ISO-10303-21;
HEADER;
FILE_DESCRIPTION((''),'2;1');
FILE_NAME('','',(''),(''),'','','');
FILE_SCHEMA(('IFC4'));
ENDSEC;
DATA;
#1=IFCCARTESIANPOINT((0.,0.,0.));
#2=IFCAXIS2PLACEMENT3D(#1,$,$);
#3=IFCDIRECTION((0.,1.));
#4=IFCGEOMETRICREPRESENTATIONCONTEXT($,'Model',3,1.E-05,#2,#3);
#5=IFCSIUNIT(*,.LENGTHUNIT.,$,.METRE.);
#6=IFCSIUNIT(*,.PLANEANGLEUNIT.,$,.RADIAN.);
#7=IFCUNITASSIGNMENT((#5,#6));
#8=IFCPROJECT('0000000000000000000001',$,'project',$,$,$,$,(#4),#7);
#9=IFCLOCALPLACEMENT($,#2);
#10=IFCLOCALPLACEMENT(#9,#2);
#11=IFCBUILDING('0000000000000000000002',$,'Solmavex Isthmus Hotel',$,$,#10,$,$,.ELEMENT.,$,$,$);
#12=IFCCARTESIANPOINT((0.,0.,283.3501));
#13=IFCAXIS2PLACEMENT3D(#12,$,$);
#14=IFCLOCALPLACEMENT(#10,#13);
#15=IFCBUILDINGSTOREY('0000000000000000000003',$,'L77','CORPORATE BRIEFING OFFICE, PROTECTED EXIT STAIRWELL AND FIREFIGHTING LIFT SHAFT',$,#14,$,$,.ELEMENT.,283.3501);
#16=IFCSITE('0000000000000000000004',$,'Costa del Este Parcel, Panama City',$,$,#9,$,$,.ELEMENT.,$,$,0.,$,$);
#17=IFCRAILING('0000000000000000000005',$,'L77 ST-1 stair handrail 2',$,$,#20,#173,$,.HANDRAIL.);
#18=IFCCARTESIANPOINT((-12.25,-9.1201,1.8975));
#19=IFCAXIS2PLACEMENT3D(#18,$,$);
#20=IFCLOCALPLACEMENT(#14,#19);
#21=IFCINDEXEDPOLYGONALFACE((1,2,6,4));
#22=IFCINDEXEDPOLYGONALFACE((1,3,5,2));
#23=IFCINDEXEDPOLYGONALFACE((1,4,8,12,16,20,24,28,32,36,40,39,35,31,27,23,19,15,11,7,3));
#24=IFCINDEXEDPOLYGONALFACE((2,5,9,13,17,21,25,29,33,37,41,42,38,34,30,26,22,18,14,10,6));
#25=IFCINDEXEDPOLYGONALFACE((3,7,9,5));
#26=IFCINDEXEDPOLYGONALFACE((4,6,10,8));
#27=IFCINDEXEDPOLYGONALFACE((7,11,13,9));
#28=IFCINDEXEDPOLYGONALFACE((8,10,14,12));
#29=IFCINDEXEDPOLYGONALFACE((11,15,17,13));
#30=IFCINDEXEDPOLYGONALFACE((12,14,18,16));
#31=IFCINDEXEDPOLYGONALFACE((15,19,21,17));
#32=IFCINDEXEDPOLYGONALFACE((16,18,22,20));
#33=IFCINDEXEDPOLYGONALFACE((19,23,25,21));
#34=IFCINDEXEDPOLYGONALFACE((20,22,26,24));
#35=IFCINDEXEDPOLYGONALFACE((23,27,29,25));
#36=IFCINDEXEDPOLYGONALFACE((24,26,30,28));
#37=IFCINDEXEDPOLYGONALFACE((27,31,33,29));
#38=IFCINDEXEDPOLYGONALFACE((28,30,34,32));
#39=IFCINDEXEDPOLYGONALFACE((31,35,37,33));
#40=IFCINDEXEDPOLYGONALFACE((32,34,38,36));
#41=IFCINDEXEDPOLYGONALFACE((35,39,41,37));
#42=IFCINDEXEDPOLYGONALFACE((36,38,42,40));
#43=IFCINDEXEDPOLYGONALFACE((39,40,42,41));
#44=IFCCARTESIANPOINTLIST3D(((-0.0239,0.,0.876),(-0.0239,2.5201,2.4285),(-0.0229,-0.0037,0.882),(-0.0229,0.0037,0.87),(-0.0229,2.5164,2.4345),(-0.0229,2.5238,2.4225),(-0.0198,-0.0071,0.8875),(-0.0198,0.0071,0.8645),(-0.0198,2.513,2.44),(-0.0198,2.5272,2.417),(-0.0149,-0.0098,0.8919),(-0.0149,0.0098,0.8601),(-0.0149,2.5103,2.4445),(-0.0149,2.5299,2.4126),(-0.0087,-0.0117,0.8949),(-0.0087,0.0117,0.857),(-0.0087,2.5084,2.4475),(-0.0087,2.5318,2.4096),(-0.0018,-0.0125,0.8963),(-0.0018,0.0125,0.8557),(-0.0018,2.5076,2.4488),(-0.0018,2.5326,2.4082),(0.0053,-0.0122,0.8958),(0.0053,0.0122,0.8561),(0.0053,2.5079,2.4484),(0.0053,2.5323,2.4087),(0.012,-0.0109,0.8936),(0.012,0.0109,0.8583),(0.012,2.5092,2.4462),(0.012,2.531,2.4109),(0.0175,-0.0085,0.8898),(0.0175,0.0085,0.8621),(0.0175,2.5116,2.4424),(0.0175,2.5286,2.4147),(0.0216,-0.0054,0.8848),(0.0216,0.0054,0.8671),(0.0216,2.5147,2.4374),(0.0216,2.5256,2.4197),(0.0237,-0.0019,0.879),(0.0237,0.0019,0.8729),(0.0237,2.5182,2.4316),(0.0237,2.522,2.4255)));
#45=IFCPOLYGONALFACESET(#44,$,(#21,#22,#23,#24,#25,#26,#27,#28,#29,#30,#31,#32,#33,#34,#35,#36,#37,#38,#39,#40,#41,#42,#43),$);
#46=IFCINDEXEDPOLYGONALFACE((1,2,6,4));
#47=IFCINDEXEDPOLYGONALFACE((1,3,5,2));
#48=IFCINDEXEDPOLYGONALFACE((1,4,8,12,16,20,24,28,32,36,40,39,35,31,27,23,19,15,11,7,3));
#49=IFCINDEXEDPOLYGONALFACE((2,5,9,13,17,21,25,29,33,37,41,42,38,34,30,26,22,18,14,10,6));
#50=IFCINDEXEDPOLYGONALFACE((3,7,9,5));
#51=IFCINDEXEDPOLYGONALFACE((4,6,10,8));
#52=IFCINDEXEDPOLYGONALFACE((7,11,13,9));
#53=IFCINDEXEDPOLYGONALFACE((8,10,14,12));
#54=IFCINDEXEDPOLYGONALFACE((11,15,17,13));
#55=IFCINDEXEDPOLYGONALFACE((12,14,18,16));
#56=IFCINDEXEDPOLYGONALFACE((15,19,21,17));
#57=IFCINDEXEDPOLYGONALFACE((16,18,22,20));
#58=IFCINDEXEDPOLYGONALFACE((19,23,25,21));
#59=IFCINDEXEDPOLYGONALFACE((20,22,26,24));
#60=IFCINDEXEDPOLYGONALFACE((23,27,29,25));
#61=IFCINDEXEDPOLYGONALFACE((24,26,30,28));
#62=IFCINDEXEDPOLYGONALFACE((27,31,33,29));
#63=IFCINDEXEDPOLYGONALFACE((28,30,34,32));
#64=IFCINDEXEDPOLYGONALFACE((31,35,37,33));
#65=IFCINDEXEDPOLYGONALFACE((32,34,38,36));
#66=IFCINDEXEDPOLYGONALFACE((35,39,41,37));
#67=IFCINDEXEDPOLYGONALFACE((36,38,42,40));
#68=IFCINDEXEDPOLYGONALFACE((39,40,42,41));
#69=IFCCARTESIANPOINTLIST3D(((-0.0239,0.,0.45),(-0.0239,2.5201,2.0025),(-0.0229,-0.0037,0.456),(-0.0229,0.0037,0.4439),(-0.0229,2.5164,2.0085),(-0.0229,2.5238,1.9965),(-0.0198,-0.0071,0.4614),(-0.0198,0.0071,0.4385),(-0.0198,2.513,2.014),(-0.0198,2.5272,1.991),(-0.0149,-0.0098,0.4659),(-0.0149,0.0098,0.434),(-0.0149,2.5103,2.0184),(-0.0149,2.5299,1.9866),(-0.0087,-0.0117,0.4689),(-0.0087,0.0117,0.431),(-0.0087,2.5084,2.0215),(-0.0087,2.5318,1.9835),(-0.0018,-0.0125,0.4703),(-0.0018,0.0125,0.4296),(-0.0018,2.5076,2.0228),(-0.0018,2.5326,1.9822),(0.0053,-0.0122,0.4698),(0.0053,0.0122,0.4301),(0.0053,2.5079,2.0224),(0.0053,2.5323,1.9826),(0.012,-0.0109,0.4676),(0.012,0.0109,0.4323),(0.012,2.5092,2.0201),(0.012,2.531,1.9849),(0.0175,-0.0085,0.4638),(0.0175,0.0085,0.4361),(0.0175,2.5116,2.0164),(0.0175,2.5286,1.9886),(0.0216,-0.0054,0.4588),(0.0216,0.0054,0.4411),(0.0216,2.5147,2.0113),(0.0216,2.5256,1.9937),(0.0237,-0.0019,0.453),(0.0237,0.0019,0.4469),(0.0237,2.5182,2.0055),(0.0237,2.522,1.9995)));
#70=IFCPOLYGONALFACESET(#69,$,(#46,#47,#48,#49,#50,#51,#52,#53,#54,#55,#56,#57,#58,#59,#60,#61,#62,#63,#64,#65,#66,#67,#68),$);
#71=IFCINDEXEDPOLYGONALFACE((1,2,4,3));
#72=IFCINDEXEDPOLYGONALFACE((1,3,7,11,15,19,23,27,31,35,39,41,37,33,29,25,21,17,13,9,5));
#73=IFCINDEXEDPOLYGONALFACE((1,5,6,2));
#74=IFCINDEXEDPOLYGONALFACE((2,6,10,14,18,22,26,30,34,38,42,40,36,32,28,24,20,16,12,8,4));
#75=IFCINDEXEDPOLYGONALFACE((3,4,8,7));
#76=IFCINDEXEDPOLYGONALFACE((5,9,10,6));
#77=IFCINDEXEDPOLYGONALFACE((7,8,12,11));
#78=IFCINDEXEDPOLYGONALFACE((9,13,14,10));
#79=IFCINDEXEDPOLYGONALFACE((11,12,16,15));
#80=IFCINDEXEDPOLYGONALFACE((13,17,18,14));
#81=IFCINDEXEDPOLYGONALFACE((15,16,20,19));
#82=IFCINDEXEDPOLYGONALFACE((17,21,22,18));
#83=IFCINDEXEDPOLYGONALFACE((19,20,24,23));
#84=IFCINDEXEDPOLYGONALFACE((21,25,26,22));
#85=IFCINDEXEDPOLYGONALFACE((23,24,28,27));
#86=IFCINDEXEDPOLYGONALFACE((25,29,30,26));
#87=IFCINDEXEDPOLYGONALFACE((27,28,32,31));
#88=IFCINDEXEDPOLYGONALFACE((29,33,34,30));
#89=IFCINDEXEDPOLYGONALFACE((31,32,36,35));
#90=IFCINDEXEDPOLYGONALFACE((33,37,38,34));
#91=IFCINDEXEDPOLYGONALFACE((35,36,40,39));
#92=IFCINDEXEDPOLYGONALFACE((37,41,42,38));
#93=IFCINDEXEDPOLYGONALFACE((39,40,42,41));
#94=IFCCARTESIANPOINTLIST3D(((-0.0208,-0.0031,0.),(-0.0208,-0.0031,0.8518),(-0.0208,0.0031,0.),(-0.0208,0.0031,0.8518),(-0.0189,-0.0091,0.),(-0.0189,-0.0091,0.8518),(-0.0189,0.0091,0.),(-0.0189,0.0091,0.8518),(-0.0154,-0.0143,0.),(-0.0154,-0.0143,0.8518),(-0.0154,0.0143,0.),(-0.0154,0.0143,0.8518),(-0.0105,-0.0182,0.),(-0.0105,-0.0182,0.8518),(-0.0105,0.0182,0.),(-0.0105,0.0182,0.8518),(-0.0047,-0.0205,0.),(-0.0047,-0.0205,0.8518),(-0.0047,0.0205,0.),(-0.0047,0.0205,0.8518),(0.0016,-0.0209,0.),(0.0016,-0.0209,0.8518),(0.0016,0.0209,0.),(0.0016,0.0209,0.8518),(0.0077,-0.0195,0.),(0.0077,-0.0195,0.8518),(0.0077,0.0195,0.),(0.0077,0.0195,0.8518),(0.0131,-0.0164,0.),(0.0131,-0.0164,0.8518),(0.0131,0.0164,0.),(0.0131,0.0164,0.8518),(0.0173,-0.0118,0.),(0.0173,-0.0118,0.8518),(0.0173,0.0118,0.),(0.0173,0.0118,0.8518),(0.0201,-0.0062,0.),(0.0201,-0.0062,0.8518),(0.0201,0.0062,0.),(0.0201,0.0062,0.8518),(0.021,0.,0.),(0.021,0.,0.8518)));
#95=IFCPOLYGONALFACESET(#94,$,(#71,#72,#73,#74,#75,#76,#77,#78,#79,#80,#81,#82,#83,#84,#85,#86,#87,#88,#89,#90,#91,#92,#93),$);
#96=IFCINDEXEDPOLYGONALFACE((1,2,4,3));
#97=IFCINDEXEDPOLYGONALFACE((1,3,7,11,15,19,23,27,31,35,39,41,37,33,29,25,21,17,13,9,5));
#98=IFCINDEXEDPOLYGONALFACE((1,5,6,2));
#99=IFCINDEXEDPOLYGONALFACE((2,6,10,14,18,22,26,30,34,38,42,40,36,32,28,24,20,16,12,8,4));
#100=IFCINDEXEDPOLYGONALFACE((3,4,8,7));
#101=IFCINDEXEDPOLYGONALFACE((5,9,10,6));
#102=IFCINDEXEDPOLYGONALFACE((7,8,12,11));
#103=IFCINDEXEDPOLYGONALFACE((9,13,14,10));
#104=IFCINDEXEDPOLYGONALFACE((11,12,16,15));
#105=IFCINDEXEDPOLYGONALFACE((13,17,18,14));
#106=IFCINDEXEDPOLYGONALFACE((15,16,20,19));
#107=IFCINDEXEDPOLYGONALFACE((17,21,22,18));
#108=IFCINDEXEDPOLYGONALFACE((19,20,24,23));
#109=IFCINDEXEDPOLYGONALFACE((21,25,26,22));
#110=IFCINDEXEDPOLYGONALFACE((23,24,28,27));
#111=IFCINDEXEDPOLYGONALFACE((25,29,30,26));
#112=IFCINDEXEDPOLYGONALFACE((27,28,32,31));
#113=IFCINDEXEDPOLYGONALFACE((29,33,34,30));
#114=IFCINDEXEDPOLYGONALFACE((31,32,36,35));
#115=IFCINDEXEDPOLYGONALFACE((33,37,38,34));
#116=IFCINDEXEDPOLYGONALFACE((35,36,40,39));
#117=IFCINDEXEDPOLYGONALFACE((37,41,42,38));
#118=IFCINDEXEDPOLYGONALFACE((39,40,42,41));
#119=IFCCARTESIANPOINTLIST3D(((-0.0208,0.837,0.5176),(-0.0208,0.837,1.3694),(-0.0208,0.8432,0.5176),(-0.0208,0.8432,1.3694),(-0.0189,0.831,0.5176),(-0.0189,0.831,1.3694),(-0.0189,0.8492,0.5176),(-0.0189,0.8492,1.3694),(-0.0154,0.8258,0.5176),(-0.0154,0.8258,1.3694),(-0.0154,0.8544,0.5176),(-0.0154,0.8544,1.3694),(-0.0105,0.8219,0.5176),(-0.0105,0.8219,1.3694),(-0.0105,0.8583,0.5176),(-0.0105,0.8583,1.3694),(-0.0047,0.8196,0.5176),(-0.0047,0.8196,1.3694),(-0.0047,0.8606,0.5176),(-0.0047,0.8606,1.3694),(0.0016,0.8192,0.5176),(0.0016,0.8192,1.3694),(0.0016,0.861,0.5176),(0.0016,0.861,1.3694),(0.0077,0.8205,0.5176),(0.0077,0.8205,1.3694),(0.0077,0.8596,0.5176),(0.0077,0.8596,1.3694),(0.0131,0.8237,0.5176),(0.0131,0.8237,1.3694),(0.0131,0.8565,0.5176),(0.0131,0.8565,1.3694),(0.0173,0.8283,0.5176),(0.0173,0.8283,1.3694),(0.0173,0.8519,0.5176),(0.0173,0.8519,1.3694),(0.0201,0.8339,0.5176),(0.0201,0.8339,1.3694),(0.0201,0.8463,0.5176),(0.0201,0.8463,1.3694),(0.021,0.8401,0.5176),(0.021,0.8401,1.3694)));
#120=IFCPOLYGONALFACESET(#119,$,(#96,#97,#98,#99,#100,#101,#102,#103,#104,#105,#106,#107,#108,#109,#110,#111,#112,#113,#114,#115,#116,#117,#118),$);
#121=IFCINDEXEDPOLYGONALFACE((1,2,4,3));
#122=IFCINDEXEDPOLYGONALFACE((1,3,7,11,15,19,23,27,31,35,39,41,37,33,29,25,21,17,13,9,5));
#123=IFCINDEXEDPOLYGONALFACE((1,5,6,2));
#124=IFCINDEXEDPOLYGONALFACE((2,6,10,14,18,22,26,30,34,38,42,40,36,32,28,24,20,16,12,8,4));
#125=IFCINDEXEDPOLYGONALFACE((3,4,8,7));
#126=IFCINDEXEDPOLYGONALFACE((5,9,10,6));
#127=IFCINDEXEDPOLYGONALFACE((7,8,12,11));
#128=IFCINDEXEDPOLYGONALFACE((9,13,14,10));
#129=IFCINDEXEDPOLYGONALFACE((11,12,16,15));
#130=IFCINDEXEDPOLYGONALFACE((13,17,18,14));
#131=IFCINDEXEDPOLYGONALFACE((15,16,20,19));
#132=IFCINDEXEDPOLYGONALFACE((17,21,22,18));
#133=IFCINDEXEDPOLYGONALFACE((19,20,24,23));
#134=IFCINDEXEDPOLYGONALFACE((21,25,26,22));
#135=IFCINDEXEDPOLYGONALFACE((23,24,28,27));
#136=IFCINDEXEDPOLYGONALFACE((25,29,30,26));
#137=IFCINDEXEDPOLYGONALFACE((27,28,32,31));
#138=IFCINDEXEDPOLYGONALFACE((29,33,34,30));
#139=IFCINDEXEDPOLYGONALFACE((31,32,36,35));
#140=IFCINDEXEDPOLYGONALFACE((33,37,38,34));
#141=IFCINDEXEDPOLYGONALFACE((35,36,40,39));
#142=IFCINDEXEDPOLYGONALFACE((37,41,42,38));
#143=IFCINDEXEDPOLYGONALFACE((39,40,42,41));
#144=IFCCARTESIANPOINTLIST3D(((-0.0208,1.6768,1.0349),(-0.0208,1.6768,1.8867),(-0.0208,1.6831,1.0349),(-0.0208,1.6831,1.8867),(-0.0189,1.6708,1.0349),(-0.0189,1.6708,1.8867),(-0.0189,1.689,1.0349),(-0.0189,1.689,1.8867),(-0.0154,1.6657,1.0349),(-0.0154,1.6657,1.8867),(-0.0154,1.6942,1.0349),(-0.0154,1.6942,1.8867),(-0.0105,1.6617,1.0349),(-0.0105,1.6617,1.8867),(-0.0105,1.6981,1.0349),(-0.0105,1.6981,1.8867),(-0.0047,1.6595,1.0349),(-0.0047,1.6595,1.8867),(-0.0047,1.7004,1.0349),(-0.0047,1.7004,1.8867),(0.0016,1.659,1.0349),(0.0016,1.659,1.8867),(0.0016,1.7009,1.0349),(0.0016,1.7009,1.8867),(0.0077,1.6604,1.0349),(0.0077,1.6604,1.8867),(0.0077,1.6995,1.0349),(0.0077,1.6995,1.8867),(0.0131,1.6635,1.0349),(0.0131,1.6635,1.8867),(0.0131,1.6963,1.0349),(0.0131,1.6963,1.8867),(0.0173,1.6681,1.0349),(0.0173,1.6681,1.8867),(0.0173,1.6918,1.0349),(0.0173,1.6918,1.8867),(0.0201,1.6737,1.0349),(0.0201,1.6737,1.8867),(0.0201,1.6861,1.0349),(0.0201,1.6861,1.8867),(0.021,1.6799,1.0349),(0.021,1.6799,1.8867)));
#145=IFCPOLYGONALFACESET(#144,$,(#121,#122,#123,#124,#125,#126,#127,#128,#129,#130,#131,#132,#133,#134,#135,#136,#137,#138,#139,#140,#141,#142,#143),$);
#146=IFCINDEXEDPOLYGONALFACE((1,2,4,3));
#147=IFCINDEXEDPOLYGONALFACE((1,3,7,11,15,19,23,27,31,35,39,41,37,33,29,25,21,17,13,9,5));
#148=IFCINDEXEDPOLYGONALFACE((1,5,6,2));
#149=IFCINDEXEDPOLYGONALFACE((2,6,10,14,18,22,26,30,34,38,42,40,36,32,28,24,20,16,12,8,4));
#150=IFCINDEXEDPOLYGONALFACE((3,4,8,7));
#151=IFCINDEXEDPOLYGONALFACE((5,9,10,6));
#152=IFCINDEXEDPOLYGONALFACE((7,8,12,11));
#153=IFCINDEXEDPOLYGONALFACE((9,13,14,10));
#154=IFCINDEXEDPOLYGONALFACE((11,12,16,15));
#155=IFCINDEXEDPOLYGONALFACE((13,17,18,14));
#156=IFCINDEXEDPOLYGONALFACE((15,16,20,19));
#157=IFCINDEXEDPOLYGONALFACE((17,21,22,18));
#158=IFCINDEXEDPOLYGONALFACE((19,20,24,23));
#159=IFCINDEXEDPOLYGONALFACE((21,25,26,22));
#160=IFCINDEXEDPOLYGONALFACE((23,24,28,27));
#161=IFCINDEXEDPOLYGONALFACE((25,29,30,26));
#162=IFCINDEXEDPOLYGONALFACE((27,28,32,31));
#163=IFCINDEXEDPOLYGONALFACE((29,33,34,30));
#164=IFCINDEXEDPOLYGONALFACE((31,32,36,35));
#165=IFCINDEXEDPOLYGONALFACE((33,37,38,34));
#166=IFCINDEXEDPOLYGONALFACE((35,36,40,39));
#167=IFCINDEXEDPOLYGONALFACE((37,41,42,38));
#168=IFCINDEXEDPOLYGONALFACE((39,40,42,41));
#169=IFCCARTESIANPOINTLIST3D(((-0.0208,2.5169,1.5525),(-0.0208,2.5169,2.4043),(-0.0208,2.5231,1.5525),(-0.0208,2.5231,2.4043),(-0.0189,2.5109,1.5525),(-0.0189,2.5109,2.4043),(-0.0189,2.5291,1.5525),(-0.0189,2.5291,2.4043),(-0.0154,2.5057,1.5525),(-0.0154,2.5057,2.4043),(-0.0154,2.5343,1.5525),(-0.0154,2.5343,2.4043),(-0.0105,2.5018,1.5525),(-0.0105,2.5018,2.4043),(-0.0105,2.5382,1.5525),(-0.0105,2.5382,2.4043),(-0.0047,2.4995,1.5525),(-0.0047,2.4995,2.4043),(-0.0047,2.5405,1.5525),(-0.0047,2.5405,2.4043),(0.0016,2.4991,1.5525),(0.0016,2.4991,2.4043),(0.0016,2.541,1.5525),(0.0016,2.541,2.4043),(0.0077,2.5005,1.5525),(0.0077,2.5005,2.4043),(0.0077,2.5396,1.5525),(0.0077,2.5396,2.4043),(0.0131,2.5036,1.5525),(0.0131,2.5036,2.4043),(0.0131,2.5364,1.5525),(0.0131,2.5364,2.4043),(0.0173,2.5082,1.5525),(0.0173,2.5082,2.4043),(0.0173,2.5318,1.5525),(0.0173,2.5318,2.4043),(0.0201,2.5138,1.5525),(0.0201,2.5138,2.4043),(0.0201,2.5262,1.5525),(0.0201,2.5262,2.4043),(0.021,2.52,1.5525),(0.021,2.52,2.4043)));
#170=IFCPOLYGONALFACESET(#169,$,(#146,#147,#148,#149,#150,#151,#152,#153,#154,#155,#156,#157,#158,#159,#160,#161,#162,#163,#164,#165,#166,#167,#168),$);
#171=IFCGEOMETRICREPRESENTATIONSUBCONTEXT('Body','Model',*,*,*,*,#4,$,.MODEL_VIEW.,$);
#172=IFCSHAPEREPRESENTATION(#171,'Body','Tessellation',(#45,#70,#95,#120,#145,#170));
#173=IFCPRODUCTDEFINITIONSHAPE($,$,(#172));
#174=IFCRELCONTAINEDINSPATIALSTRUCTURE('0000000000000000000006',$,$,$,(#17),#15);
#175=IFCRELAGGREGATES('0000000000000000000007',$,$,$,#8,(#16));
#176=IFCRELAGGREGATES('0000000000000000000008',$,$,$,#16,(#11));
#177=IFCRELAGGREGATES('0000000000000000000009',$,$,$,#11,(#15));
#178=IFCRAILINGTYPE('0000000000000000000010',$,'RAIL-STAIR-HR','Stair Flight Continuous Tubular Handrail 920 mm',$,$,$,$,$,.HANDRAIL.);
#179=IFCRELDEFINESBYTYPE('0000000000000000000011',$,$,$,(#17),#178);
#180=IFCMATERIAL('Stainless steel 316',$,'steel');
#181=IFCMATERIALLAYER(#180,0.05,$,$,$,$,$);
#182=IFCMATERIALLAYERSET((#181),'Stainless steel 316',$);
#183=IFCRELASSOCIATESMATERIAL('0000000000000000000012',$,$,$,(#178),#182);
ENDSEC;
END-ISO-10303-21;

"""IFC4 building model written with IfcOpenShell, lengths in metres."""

from ifc_helpers import new_model, si_unit, direction, frame, origin, origin_2d, place, context, subcontext, project, spatial, circle, extrude, material, layer, layer_set, type_object, element, save


model = new_model("IFC4")

# Units and contexts
model_context = context("Model", 3, precision=1e-05, world=origin(), true_north=direction((0.0, 1.0)))
body_context = subcontext(model_context, "Body", "Model", "MODEL_VIEW")
ifc_project = project(units=[si_unit("LENGTHUNIT", "METRE"), si_unit("PLANEANGLEUNIT", "RADIAN")], contexts=[model_context])

# Site, building, storey
site_placement = place(None, origin())
site = spatial("IfcSite", under=ifc_project, at=site_placement, Name="Costa del Este Parcel, Panama City", CompositionType="ELEMENT", RefElevation=0.0)
building_placement = place(site_placement, origin())
building = spatial("IfcBuilding", under=site, at=building_placement, Name="Solmavex Isthmus Hotel", CompositionType="ELEMENT")
storey_placement = place(building_placement, frame((0.0, 0.0, 283.3501)))
storey = spatial("IfcBuildingStorey", under=building, at=storey_placement, Name="L77", Description="CORPORATE BRIEFING OFFICE, PROTECTED EXIT STAIRWELL AND FIREFIGHTING LIFT SHAFT", CompositionType="ELEMENT", Elevation=283.3501)

# Shared definitions
ifc_material_1 = material(Name="Stainless steel 316", Category="steel")

# Railing
ifc_layer_1 = layer(ifc_material_1, 0.05)
ifc_layer_set_1 = layer_set([ifc_layer_1], Name="Stainless steel 316")
railing_type_1 = type_object("IfcRailingType", Name="RAIL-STAIR-HR", Description="Stair Flight Continuous Tubular Handrail 920 mm", PredefinedType="HANDRAIL", material=ifc_layer_set_1)
railing_1_placement = place(storey_placement, frame((-12.25, -9.1201, 1.8975)))
element("IfcRailing", 1, at=railing_1_placement, inside=storey, type_object=railing_type_1, Name="L77 ST-1 stair handrail 2", PredefinedType="HANDRAIL", context=body_context, shape_type="SweptSolid", body=[
    extrude(circle(Radius=0.0239, at=origin_2d()), frame((0.0, 0.0, 0.876), z_axis=(0.0, 0.8514, 0.524516), x_axis=(-1.0, 0.0, 0.0)), (0.0, 0.0, 1.0), 2.96),
    extrude(circle(Radius=0.0239, at=origin_2d()), frame((0.0, 0.0, 0.45), z_axis=(0.0, 0.8514, 0.524516), x_axis=(-1.0, 0.0, 0.0)), (0.0, 0.0, 1.0), 2.96),
    extrude(circle(Radius=0.021, at=origin_2d()), origin(), (0.0, 0.0, 1.0), 0.8518),
    extrude(circle(Radius=0.021, at=origin_2d()), frame((0.0, 0.8401, 0.5176)), (0.0, 0.0, 1.0), 0.8518),
    extrude(circle(Radius=0.021, at=origin_2d()), frame((0.0, 1.6799, 1.0349)), (0.0, 0.0, 1.0), 0.8518),
    extrude(circle(Radius=0.021, at=origin_2d()), frame((0.0, 2.52, 1.5525)), (0.0, 0.0, 1.0), 0.8518),
])

save(model, "model.ifc")
